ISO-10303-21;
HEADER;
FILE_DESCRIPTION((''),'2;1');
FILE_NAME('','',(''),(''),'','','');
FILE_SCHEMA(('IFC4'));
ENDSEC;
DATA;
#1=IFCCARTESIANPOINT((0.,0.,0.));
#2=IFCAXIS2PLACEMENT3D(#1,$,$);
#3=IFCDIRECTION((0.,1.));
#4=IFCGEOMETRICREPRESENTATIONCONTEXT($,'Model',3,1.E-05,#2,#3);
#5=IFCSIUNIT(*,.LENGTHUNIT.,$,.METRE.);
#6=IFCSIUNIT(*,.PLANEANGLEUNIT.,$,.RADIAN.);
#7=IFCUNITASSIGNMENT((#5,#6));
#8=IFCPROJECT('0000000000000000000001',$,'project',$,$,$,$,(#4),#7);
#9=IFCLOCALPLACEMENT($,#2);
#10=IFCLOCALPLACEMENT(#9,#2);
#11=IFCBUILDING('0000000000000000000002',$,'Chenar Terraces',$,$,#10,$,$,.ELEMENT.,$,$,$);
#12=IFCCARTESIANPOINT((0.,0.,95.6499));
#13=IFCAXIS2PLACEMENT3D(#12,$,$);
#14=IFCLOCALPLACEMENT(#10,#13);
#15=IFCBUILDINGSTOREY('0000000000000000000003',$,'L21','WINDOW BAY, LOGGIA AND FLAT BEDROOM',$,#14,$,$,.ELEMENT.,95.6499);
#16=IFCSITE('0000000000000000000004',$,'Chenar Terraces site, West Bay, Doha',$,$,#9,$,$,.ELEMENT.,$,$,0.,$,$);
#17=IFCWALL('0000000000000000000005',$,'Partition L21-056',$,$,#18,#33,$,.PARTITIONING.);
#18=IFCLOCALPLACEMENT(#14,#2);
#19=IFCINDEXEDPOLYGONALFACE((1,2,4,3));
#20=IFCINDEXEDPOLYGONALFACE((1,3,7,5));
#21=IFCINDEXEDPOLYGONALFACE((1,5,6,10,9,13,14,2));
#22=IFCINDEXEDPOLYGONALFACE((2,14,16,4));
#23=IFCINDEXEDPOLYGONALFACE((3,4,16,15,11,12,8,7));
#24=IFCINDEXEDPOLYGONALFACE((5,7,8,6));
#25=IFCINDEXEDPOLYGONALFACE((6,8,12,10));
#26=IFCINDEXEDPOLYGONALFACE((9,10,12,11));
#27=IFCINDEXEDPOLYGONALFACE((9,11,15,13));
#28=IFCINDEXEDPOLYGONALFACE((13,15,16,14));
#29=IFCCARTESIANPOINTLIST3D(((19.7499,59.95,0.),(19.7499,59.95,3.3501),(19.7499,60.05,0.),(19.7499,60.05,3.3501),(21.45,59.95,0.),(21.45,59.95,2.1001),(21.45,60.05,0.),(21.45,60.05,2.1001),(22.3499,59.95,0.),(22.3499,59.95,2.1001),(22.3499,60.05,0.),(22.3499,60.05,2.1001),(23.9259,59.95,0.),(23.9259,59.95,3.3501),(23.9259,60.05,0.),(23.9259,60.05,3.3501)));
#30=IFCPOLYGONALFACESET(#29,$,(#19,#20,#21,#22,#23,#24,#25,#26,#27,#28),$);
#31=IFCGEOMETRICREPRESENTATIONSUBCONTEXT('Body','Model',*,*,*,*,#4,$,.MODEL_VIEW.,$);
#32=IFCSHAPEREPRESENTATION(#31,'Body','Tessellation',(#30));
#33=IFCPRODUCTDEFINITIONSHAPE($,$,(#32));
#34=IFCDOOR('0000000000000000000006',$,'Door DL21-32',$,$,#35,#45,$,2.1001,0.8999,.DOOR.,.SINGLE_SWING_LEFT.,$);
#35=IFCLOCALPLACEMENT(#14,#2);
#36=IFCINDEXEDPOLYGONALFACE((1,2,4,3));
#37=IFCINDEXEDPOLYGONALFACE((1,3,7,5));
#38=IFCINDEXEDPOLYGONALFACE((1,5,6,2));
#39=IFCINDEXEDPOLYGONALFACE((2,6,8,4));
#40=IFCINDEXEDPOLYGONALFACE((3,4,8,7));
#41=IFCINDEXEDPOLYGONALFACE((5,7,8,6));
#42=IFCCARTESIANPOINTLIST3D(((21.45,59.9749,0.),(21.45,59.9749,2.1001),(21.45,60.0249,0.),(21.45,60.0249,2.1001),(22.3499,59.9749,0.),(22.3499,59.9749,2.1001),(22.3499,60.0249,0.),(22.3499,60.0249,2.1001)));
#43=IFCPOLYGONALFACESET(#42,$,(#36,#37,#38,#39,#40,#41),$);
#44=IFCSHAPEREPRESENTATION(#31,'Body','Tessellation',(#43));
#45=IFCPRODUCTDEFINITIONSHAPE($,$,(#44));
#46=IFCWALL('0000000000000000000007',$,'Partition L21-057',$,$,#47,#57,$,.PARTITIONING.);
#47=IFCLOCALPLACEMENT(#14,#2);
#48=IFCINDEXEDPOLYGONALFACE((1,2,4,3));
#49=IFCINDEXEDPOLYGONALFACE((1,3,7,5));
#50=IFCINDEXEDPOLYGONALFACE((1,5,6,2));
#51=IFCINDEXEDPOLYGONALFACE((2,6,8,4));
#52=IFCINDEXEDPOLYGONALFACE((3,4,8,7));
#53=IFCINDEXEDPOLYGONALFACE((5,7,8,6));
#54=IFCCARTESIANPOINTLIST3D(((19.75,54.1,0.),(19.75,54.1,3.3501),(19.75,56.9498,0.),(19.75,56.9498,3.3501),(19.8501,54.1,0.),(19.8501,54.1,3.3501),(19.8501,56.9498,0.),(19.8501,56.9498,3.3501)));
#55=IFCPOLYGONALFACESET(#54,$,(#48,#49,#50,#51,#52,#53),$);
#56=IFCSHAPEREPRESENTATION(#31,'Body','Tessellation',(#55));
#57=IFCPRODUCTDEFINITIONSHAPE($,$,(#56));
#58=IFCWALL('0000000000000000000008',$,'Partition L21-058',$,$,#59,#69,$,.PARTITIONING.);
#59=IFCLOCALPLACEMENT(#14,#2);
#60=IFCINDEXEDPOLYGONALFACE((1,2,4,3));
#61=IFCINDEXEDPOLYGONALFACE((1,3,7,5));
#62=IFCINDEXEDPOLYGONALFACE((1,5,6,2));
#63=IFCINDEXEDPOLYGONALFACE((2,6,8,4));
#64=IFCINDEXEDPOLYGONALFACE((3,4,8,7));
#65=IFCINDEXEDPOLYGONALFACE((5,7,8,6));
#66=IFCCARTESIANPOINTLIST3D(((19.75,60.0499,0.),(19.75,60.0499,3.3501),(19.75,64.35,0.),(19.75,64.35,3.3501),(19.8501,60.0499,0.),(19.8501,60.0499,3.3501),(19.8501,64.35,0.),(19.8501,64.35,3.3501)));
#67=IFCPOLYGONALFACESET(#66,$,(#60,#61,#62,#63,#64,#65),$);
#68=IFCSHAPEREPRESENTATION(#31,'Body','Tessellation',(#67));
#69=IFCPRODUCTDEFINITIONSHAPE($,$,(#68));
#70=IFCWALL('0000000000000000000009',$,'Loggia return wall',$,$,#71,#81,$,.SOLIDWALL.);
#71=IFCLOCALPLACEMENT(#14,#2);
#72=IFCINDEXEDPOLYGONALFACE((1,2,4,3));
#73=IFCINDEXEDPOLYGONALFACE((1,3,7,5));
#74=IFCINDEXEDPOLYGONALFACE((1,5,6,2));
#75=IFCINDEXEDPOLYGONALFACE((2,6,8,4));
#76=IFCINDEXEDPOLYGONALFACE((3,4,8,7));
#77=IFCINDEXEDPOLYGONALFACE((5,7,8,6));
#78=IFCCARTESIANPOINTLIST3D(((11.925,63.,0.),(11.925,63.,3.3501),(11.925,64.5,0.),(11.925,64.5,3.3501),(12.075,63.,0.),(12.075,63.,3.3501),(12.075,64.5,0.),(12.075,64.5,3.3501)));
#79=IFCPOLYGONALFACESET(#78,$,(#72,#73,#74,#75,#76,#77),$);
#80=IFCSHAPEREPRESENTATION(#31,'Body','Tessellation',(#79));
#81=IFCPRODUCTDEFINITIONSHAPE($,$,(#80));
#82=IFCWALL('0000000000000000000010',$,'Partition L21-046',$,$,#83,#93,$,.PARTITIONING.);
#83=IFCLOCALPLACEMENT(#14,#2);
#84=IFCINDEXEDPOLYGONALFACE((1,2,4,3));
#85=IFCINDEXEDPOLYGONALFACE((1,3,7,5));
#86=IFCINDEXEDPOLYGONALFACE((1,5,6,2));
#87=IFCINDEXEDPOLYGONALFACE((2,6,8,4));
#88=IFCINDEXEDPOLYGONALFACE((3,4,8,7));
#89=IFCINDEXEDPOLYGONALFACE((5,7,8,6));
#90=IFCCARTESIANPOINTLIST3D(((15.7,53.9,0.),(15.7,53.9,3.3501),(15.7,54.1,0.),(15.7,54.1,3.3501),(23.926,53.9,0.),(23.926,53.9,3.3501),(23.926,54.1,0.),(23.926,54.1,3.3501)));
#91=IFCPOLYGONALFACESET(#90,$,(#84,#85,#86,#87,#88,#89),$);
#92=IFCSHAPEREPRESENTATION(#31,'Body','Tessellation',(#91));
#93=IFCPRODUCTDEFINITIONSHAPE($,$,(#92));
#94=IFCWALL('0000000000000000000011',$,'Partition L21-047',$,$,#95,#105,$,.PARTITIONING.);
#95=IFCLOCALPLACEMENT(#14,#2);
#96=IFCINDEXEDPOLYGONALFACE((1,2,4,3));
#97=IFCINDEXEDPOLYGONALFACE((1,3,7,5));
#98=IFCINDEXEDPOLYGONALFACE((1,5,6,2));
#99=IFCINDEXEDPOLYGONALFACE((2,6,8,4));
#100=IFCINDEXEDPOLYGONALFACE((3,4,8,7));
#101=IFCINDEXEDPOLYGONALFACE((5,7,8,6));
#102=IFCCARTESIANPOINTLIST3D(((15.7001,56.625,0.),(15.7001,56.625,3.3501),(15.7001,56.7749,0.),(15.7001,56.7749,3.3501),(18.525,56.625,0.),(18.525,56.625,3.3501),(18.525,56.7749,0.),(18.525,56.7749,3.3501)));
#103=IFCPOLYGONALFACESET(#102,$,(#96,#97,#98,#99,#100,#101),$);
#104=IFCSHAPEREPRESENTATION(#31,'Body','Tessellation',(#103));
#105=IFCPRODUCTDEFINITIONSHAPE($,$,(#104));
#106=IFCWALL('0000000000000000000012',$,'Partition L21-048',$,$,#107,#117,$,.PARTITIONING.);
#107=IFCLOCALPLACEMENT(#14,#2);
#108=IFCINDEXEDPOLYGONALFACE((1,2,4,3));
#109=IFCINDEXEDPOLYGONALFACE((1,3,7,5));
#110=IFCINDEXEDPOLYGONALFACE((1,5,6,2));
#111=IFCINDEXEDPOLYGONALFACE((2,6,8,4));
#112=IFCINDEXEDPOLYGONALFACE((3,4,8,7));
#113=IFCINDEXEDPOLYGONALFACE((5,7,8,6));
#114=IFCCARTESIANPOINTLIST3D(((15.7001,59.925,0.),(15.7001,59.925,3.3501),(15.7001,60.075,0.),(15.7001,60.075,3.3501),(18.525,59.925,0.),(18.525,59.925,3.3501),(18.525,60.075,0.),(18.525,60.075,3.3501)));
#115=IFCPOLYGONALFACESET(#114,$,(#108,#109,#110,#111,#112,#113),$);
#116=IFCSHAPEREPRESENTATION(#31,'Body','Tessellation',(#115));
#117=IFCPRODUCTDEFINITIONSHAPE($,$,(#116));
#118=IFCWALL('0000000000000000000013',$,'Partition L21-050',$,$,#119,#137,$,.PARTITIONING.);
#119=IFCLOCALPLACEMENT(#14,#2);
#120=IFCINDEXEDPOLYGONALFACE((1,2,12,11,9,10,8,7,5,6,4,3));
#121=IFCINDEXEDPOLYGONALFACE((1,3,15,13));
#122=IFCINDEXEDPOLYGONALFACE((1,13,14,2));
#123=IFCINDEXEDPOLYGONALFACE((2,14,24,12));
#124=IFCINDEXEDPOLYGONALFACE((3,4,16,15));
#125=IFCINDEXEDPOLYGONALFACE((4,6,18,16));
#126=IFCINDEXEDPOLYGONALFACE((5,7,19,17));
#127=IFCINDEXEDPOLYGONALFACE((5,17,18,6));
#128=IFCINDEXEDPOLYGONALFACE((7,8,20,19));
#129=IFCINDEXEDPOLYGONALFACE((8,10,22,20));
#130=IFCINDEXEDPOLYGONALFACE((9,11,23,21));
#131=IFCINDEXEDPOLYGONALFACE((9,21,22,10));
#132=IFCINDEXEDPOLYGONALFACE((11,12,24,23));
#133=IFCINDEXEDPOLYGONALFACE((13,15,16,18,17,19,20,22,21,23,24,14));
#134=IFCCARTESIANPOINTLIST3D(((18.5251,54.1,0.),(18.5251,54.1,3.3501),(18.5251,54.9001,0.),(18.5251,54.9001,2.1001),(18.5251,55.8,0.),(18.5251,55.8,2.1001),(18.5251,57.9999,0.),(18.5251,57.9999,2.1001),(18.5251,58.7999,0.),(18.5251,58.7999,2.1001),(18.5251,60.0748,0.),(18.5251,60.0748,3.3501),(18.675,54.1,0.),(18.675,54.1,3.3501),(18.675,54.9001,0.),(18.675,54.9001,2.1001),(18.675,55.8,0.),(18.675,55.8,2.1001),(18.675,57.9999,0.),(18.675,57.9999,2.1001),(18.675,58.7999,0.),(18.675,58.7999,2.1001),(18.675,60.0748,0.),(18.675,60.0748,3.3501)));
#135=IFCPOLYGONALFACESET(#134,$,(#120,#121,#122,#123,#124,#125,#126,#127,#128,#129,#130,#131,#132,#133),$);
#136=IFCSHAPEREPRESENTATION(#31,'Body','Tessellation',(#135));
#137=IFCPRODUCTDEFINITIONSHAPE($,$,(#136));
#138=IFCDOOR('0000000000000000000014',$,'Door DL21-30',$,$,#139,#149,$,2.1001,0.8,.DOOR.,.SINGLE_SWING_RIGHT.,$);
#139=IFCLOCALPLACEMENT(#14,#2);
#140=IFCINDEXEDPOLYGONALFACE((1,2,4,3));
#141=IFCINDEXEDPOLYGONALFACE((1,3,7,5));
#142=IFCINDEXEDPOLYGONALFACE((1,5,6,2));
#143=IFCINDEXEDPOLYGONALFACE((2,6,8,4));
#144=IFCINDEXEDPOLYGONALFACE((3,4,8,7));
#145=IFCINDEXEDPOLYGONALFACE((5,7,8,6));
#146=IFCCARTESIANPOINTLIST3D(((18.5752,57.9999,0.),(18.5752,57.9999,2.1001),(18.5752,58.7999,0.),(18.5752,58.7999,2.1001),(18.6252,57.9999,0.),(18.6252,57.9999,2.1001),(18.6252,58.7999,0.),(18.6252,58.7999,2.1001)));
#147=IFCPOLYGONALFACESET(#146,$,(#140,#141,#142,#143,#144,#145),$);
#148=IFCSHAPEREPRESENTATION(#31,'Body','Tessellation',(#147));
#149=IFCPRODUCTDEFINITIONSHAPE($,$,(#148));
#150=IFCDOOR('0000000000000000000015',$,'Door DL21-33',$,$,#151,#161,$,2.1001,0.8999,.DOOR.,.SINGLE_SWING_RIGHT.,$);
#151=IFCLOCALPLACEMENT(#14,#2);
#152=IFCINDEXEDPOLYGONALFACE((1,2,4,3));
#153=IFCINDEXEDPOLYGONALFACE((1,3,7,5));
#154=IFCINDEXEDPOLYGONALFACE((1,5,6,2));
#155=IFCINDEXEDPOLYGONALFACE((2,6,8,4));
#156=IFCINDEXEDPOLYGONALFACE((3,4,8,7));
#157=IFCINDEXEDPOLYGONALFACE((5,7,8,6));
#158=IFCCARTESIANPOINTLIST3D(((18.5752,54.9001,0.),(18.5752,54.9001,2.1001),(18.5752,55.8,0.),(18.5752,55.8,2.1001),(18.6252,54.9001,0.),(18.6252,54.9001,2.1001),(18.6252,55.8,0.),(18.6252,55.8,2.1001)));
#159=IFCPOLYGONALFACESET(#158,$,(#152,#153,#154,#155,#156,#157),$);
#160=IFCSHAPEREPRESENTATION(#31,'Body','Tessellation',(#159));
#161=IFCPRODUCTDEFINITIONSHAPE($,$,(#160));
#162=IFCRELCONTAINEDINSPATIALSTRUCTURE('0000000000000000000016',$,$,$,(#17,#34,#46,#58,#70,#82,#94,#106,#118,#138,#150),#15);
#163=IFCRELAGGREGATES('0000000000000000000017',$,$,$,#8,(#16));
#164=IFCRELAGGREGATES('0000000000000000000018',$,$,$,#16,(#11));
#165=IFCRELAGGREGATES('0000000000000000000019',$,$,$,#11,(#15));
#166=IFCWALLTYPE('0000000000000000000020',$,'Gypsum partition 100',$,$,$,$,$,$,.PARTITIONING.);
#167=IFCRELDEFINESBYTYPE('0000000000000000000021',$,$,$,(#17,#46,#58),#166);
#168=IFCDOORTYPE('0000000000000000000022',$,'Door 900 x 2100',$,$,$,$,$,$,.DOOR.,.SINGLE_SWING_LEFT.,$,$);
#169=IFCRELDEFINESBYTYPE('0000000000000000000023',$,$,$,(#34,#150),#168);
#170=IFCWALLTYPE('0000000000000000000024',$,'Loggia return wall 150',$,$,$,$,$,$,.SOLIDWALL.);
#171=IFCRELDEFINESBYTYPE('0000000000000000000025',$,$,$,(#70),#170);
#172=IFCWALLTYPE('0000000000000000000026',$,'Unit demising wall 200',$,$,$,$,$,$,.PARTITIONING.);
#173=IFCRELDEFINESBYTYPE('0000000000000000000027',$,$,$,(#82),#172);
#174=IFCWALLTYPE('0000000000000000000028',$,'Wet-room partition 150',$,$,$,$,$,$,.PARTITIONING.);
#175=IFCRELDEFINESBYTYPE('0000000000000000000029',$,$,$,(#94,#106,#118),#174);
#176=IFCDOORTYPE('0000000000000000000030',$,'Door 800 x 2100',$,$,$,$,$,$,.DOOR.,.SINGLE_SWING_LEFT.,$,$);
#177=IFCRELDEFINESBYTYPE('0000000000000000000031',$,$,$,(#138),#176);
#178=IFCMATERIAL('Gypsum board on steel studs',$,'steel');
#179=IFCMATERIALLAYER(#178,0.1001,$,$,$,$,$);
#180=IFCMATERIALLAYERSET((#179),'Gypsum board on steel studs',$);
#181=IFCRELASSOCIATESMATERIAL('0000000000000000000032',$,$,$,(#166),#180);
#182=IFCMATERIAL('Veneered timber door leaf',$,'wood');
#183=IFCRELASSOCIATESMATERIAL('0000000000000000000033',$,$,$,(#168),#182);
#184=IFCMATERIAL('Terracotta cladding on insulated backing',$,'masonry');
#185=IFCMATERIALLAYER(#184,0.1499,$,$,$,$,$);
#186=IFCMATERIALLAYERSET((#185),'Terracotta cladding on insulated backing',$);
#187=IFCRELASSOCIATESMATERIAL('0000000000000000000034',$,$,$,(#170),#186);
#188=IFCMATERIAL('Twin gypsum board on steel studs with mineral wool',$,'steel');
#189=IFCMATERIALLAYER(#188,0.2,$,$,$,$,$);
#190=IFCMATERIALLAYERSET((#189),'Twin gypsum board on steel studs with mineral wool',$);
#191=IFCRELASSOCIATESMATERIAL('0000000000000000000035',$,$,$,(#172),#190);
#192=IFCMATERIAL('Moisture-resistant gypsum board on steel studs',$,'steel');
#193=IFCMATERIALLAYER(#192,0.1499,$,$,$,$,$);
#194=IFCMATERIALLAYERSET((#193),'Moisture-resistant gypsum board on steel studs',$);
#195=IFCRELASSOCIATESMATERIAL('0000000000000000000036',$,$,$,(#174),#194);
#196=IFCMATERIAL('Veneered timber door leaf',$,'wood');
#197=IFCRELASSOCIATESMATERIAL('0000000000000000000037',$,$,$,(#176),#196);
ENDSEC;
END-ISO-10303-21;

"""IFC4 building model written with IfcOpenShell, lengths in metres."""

from ifc_helpers import new_model, si_unit, direction, frame, frame_2d, origin, place, context, subcontext, project, spatial, rectangle, extrude, material, layer, layer_set, type_object, element, fill, save


model = new_model("IFC4")

# Units and contexts
model_context = context("Model", 3, precision=1e-05, world=origin(), true_north=direction((0.0, 1.0)))
body_context = subcontext(model_context, "Body", "Model", "MODEL_VIEW")
ifc_project = project(units=[si_unit("LENGTHUNIT", "METRE"), si_unit("PLANEANGLEUNIT", "RADIAN")], contexts=[model_context])

# Site, building, storey
site_placement = place(None, origin())
site = spatial("IfcSite", under=ifc_project, at=site_placement, Name="Chenar Terraces site, West Bay, Doha", CompositionType="ELEMENT", RefElevation=0.0)
building_placement = place(site_placement, origin())
building = spatial("IfcBuilding", under=site, at=building_placement, Name="Chenar Terraces", CompositionType="ELEMENT")
storey_placement = place(building_placement, frame((0.0, 0.0, 95.6499)))
storey = spatial("IfcBuildingStorey", under=building, at=storey_placement, Name="L21", Description="WINDOW BAY, LOGGIA AND FLAT BEDROOM", CompositionType="ELEMENT", Elevation=95.6499)

# Wall, opening, door
ifc_material_1 = material(Name="Gypsum board on steel studs", Category="steel")
ifc_layer_1 = layer(ifc_material_1, 0.1001)
ifc_layer_set_1 = layer_set([ifc_layer_1], Name="Gypsum board on steel studs")
wall_type_1 = type_object("IfcWallType", Name="Gypsum partition 100", PredefinedType="PARTITIONING", material=ifc_layer_set_1)
ifc_material_2 = material(Name="Veneered timber door leaf", Category="wood")
door_type_1 = type_object("IfcDoorType", Name="Door 900 x 2100", OperationType="SINGLE_SWING_LEFT", PredefinedType="DOOR", material=ifc_material_2)
wall_1_placement = place(storey_placement, frame((19.75, 60.0, 0.0), z_axis=(0.0, 0.0, 1.0), x_axis=(1.0, 0.0, 0.0)))
wall_1 = element("IfcWall", 1, at=wall_1_placement, inside=storey, type_object=wall_type_1, Name="Partition L21-056", PredefinedType="PARTITIONING", context=body_context, shape_type="SweptSolid", body=[
    extrude(rectangle(XDim=4.176, YDim=0.1001, at=frame_2d((2.0879, 0.0))), origin(), (0.0, 0.0, 1.0), 3.3501),
])
opening_1_placement = place(wall_1_placement, frame((1.7, 0.0, 0.0)))
opening_1 = element("IfcOpeningElement", 2, at=opening_1_placement, cuts=wall_1, PredefinedType="OPENING", context=body_context, shape_type="SweptSolid", body=[
    extrude(rectangle(XDim=0.8999, YDim=2.1001, at=frame_2d((0.45, 1.05))), frame((0.0, 0.0601, 0.0), z_axis=(0.0, -1.0, 0.0), x_axis=(1.0, 0.0, 0.0)), (0.0, 0.0, 1.0), 0.1201),
])
door_1_placement = place(opening_1_placement, origin())
door_1 = element("IfcDoor", 3, at=door_1_placement, inside=storey, type_object=door_type_1, Name="Door DL21-32", OperationType="SINGLE_SWING_LEFT", OverallHeight=2.1001, OverallWidth=0.8999, PredefinedType="DOOR", context=body_context, shape_type="SweptSolid", body=[
    extrude(rectangle(XDim=0.8999, YDim=2.1001, at=frame_2d((0.45, 1.05))), frame((0.0, 0.0249, 0.0), z_axis=(0.0, -1.0, 0.0), x_axis=(1.0, 0.0, 0.0)), (0.0, 0.0, 1.0), 0.05),
])
fill(opening_1, door_1)

# Walls
wall_2_placement = place(storey_placement, frame((19.8, 54.1001, 0.0), z_axis=(0.0, 0.0, 1.0), x_axis=(0.0, 1.0, 0.0)))
element("IfcWall", 4, at=wall_2_placement, inside=storey, type_object=wall_type_1, Name="Partition L21-057", PredefinedType="PARTITIONING", context=body_context, shape_type="SweptSolid", body=[
    extrude(rectangle(XDim=2.8499, YDim=0.1001, at=frame_2d((1.4248, 0.0))), origin(), (0.0, 0.0, 1.0), 3.3501),
])
wall_3_placement = place(storey_placement, frame((19.8, 60.05, 0.0), z_axis=(0.0, 0.0, 1.0), x_axis=(0.0, 1.0, 0.0)))
element("IfcWall", 5, at=wall_3_placement, inside=storey, type_object=wall_type_1, Name="Partition L21-058", PredefinedType="PARTITIONING", context=body_context, shape_type="SweptSolid", body=[
    extrude(rectangle(XDim=4.3, YDim=0.1001, at=frame_2d((2.1499, 0.0))), origin(), (0.0, 0.0, 1.0), 3.3501),
])
ifc_material_3 = material(Name="Terracotta cladding on insulated backing", Category="masonry")
ifc_layer_2 = layer(ifc_material_3, 0.1499)
ifc_layer_set_2 = layer_set([ifc_layer_2], Name="Terracotta cladding on insulated backing")
wall_type_2 = type_object("IfcWallType", Name="Loggia return wall 150", PredefinedType="SOLIDWALL", material=ifc_layer_set_2)
wall_4_placement = place(storey_placement, frame((12.0, 64.5, 0.0), z_axis=(0.0, 0.0, 1.0), x_axis=(0.0, -1.0, 0.0)))
element("IfcWall", 6, at=wall_4_placement, inside=storey, type_object=wall_type_2, Name="Loggia return wall", PredefinedType="SOLIDWALL", context=body_context, shape_type="SweptSolid", body=[
    extrude(rectangle(XDim=1.5, YDim=0.1499, at=frame_2d((0.75, 0.0))), origin(), (0.0, 0.0, 1.0), 3.3501),
])
ifc_material_4 = material(Name="Twin gypsum board on steel studs with mineral wool", Category="steel")
ifc_layer_3 = layer(ifc_material_4, 0.2)
ifc_layer_set_3 = layer_set([ifc_layer_3], Name="Twin gypsum board on steel studs with mineral wool")
wall_type_3 = type_object("IfcWallType", Name="Unit demising wall 200", PredefinedType="PARTITIONING", material=ifc_layer_set_3)
wall_5_placement = place(storey_placement, frame((15.7, 54.0, 0.0), z_axis=(0.0, 0.0, 1.0), x_axis=(1.0, 0.0, 0.0)))
element("IfcWall", 7, at=wall_5_placement, inside=storey, type_object=wall_type_3, Name="Partition L21-046", PredefinedType="PARTITIONING", context=body_context, shape_type="SweptSolid", body=[
    extrude(rectangle(XDim=8.2261, YDim=0.2, at=frame_2d((4.113, 0.0))), origin(), (0.0, 0.0, 1.0), 3.3501),
])
ifc_material_5 = material(Name="Moisture-resistant gypsum board on steel studs", Category="steel")
ifc_layer_4 = layer(ifc_material_5, 0.1499)
ifc_layer_set_4 = layer_set([ifc_layer_4], Name="Moisture-resistant gypsum board on steel studs")
wall_type_4 = type_object("IfcWallType", Name="Wet-room partition 150", PredefinedType="PARTITIONING", material=ifc_layer_set_4)
for number, where, z_axis, x_axis, name in (
    (8, (15.7, 56.7, 0.0), (0.0, 0.0, 1.0), (1.0, 0.0, 0.0), "Partition L21-047"),
    (9, (15.7, 60.0, 0.0), (0.0, 0.0, 1.0), (1.0, 0.0, 0.0), "Partition L21-048"),
):
    element("IfcWall", number, at=place(storey_placement, frame(where, z_axis=z_axis, x_axis=x_axis)), inside=storey, type_object=wall_type_4, Name=name, PredefinedType="PARTITIONING", context=body_context, shape_type="SweptSolid", body=[
        extrude(rectangle(XDim=2.825, YDim=0.1499, at=frame_2d((1.4126, 0.0))), origin(), (0.0, 0.0, 1.0), 3.3501),
    ])

# Wall, openings, doors
wall_6_placement = place(storey_placement, frame((18.6001, 54.1001, 0.0), z_axis=(0.0, 0.0, 1.0), x_axis=(0.0, 1.0, 0.0)))
wall_6 = element("IfcWall", 10, at=wall_6_placement, inside=storey, type_object=wall_type_4, Name="Partition L21-050", PredefinedType="PARTITIONING", context=body_context, shape_type="SweptSolid", body=[
    extrude(rectangle(XDim=5.9749, YDim=0.1499, at=frame_2d((2.9873, 0.0))), origin(), (0.0, 0.0, 1.0), 3.3501),
])
opening_2_placement = place(wall_6_placement, frame((3.8999, 0.0, 0.0)))
opening_2 = element("IfcOpeningElement", 11, at=opening_2_placement, cuts=wall_6, PredefinedType="OPENING", context=body_context, shape_type="SweptSolid", body=[
    extrude(rectangle(XDim=0.8, YDim=2.1001, at=frame_2d((0.3999, 1.05))), frame((0.0, 0.085, 0.0), z_axis=(0.0, -1.0, 0.0), x_axis=(1.0, 0.0, 0.0)), (0.0, 0.0, 1.0), 0.1699),
])
opening_3_placement = place(wall_6_placement, frame((0.8, 0.0, 0.0)))
opening_3 = element("IfcOpeningElement", 12, at=opening_3_placement, cuts=wall_6, PredefinedType="OPENING", context=body_context, shape_type="SweptSolid", body=[
    extrude(rectangle(XDim=0.8999, YDim=2.1001, at=frame_2d((0.45, 1.05))), frame((0.0, 0.085, 0.0), z_axis=(0.0, -1.0, 0.0), x_axis=(1.0, 0.0, 0.0)), (0.0, 0.0, 1.0), 0.1699),
])
ifc_material_6 = material(Name="Veneered timber door leaf", Category="wood")
door_type_2 = type_object("IfcDoorType", Name="Door 800 x 2100", OperationType="SINGLE_SWING_LEFT", PredefinedType="DOOR", material=ifc_material_6)
door_2_placement = place(opening_2_placement, origin())
door_2 = element("IfcDoor", 13, at=door_2_placement, inside=storey, type_object=door_type_2, Name="Door DL21-30", OperationType="SINGLE_SWING_RIGHT", OverallHeight=2.1001, OverallWidth=0.8, PredefinedType="DOOR", context=body_context, shape_type="SweptSolid", body=[
    extrude(rectangle(XDim=0.8, YDim=2.1001, at=frame_2d((0.3999, 1.05))), frame((0.0, 0.0249, 0.0), z_axis=(0.0, -1.0, 0.0), x_axis=(1.0, 0.0, 0.0)), (0.0, 0.0, 1.0), 0.05),
])
fill(opening_2, door_2)
door_3_placement = place(opening_3_placement, origin())
door_3 = element("IfcDoor", 14, at=door_3_placement, inside=storey, type_object=door_type_1, Name="Door DL21-33", OperationType="SINGLE_SWING_RIGHT", OverallHeight=2.1001, OverallWidth=0.8999, PredefinedType="DOOR", context=body_context, shape_type="SweptSolid", body=[
    extrude(rectangle(XDim=0.8999, YDim=2.1001, at=frame_2d((0.45, 1.05))), frame((0.0, 0.0249, 0.0), z_axis=(0.0, -1.0, 0.0), x_axis=(1.0, 0.0, 0.0)), (0.0, 0.0, 1.0), 0.05),
])
fill(opening_3, door_3)

save(model, "model.ifc")
